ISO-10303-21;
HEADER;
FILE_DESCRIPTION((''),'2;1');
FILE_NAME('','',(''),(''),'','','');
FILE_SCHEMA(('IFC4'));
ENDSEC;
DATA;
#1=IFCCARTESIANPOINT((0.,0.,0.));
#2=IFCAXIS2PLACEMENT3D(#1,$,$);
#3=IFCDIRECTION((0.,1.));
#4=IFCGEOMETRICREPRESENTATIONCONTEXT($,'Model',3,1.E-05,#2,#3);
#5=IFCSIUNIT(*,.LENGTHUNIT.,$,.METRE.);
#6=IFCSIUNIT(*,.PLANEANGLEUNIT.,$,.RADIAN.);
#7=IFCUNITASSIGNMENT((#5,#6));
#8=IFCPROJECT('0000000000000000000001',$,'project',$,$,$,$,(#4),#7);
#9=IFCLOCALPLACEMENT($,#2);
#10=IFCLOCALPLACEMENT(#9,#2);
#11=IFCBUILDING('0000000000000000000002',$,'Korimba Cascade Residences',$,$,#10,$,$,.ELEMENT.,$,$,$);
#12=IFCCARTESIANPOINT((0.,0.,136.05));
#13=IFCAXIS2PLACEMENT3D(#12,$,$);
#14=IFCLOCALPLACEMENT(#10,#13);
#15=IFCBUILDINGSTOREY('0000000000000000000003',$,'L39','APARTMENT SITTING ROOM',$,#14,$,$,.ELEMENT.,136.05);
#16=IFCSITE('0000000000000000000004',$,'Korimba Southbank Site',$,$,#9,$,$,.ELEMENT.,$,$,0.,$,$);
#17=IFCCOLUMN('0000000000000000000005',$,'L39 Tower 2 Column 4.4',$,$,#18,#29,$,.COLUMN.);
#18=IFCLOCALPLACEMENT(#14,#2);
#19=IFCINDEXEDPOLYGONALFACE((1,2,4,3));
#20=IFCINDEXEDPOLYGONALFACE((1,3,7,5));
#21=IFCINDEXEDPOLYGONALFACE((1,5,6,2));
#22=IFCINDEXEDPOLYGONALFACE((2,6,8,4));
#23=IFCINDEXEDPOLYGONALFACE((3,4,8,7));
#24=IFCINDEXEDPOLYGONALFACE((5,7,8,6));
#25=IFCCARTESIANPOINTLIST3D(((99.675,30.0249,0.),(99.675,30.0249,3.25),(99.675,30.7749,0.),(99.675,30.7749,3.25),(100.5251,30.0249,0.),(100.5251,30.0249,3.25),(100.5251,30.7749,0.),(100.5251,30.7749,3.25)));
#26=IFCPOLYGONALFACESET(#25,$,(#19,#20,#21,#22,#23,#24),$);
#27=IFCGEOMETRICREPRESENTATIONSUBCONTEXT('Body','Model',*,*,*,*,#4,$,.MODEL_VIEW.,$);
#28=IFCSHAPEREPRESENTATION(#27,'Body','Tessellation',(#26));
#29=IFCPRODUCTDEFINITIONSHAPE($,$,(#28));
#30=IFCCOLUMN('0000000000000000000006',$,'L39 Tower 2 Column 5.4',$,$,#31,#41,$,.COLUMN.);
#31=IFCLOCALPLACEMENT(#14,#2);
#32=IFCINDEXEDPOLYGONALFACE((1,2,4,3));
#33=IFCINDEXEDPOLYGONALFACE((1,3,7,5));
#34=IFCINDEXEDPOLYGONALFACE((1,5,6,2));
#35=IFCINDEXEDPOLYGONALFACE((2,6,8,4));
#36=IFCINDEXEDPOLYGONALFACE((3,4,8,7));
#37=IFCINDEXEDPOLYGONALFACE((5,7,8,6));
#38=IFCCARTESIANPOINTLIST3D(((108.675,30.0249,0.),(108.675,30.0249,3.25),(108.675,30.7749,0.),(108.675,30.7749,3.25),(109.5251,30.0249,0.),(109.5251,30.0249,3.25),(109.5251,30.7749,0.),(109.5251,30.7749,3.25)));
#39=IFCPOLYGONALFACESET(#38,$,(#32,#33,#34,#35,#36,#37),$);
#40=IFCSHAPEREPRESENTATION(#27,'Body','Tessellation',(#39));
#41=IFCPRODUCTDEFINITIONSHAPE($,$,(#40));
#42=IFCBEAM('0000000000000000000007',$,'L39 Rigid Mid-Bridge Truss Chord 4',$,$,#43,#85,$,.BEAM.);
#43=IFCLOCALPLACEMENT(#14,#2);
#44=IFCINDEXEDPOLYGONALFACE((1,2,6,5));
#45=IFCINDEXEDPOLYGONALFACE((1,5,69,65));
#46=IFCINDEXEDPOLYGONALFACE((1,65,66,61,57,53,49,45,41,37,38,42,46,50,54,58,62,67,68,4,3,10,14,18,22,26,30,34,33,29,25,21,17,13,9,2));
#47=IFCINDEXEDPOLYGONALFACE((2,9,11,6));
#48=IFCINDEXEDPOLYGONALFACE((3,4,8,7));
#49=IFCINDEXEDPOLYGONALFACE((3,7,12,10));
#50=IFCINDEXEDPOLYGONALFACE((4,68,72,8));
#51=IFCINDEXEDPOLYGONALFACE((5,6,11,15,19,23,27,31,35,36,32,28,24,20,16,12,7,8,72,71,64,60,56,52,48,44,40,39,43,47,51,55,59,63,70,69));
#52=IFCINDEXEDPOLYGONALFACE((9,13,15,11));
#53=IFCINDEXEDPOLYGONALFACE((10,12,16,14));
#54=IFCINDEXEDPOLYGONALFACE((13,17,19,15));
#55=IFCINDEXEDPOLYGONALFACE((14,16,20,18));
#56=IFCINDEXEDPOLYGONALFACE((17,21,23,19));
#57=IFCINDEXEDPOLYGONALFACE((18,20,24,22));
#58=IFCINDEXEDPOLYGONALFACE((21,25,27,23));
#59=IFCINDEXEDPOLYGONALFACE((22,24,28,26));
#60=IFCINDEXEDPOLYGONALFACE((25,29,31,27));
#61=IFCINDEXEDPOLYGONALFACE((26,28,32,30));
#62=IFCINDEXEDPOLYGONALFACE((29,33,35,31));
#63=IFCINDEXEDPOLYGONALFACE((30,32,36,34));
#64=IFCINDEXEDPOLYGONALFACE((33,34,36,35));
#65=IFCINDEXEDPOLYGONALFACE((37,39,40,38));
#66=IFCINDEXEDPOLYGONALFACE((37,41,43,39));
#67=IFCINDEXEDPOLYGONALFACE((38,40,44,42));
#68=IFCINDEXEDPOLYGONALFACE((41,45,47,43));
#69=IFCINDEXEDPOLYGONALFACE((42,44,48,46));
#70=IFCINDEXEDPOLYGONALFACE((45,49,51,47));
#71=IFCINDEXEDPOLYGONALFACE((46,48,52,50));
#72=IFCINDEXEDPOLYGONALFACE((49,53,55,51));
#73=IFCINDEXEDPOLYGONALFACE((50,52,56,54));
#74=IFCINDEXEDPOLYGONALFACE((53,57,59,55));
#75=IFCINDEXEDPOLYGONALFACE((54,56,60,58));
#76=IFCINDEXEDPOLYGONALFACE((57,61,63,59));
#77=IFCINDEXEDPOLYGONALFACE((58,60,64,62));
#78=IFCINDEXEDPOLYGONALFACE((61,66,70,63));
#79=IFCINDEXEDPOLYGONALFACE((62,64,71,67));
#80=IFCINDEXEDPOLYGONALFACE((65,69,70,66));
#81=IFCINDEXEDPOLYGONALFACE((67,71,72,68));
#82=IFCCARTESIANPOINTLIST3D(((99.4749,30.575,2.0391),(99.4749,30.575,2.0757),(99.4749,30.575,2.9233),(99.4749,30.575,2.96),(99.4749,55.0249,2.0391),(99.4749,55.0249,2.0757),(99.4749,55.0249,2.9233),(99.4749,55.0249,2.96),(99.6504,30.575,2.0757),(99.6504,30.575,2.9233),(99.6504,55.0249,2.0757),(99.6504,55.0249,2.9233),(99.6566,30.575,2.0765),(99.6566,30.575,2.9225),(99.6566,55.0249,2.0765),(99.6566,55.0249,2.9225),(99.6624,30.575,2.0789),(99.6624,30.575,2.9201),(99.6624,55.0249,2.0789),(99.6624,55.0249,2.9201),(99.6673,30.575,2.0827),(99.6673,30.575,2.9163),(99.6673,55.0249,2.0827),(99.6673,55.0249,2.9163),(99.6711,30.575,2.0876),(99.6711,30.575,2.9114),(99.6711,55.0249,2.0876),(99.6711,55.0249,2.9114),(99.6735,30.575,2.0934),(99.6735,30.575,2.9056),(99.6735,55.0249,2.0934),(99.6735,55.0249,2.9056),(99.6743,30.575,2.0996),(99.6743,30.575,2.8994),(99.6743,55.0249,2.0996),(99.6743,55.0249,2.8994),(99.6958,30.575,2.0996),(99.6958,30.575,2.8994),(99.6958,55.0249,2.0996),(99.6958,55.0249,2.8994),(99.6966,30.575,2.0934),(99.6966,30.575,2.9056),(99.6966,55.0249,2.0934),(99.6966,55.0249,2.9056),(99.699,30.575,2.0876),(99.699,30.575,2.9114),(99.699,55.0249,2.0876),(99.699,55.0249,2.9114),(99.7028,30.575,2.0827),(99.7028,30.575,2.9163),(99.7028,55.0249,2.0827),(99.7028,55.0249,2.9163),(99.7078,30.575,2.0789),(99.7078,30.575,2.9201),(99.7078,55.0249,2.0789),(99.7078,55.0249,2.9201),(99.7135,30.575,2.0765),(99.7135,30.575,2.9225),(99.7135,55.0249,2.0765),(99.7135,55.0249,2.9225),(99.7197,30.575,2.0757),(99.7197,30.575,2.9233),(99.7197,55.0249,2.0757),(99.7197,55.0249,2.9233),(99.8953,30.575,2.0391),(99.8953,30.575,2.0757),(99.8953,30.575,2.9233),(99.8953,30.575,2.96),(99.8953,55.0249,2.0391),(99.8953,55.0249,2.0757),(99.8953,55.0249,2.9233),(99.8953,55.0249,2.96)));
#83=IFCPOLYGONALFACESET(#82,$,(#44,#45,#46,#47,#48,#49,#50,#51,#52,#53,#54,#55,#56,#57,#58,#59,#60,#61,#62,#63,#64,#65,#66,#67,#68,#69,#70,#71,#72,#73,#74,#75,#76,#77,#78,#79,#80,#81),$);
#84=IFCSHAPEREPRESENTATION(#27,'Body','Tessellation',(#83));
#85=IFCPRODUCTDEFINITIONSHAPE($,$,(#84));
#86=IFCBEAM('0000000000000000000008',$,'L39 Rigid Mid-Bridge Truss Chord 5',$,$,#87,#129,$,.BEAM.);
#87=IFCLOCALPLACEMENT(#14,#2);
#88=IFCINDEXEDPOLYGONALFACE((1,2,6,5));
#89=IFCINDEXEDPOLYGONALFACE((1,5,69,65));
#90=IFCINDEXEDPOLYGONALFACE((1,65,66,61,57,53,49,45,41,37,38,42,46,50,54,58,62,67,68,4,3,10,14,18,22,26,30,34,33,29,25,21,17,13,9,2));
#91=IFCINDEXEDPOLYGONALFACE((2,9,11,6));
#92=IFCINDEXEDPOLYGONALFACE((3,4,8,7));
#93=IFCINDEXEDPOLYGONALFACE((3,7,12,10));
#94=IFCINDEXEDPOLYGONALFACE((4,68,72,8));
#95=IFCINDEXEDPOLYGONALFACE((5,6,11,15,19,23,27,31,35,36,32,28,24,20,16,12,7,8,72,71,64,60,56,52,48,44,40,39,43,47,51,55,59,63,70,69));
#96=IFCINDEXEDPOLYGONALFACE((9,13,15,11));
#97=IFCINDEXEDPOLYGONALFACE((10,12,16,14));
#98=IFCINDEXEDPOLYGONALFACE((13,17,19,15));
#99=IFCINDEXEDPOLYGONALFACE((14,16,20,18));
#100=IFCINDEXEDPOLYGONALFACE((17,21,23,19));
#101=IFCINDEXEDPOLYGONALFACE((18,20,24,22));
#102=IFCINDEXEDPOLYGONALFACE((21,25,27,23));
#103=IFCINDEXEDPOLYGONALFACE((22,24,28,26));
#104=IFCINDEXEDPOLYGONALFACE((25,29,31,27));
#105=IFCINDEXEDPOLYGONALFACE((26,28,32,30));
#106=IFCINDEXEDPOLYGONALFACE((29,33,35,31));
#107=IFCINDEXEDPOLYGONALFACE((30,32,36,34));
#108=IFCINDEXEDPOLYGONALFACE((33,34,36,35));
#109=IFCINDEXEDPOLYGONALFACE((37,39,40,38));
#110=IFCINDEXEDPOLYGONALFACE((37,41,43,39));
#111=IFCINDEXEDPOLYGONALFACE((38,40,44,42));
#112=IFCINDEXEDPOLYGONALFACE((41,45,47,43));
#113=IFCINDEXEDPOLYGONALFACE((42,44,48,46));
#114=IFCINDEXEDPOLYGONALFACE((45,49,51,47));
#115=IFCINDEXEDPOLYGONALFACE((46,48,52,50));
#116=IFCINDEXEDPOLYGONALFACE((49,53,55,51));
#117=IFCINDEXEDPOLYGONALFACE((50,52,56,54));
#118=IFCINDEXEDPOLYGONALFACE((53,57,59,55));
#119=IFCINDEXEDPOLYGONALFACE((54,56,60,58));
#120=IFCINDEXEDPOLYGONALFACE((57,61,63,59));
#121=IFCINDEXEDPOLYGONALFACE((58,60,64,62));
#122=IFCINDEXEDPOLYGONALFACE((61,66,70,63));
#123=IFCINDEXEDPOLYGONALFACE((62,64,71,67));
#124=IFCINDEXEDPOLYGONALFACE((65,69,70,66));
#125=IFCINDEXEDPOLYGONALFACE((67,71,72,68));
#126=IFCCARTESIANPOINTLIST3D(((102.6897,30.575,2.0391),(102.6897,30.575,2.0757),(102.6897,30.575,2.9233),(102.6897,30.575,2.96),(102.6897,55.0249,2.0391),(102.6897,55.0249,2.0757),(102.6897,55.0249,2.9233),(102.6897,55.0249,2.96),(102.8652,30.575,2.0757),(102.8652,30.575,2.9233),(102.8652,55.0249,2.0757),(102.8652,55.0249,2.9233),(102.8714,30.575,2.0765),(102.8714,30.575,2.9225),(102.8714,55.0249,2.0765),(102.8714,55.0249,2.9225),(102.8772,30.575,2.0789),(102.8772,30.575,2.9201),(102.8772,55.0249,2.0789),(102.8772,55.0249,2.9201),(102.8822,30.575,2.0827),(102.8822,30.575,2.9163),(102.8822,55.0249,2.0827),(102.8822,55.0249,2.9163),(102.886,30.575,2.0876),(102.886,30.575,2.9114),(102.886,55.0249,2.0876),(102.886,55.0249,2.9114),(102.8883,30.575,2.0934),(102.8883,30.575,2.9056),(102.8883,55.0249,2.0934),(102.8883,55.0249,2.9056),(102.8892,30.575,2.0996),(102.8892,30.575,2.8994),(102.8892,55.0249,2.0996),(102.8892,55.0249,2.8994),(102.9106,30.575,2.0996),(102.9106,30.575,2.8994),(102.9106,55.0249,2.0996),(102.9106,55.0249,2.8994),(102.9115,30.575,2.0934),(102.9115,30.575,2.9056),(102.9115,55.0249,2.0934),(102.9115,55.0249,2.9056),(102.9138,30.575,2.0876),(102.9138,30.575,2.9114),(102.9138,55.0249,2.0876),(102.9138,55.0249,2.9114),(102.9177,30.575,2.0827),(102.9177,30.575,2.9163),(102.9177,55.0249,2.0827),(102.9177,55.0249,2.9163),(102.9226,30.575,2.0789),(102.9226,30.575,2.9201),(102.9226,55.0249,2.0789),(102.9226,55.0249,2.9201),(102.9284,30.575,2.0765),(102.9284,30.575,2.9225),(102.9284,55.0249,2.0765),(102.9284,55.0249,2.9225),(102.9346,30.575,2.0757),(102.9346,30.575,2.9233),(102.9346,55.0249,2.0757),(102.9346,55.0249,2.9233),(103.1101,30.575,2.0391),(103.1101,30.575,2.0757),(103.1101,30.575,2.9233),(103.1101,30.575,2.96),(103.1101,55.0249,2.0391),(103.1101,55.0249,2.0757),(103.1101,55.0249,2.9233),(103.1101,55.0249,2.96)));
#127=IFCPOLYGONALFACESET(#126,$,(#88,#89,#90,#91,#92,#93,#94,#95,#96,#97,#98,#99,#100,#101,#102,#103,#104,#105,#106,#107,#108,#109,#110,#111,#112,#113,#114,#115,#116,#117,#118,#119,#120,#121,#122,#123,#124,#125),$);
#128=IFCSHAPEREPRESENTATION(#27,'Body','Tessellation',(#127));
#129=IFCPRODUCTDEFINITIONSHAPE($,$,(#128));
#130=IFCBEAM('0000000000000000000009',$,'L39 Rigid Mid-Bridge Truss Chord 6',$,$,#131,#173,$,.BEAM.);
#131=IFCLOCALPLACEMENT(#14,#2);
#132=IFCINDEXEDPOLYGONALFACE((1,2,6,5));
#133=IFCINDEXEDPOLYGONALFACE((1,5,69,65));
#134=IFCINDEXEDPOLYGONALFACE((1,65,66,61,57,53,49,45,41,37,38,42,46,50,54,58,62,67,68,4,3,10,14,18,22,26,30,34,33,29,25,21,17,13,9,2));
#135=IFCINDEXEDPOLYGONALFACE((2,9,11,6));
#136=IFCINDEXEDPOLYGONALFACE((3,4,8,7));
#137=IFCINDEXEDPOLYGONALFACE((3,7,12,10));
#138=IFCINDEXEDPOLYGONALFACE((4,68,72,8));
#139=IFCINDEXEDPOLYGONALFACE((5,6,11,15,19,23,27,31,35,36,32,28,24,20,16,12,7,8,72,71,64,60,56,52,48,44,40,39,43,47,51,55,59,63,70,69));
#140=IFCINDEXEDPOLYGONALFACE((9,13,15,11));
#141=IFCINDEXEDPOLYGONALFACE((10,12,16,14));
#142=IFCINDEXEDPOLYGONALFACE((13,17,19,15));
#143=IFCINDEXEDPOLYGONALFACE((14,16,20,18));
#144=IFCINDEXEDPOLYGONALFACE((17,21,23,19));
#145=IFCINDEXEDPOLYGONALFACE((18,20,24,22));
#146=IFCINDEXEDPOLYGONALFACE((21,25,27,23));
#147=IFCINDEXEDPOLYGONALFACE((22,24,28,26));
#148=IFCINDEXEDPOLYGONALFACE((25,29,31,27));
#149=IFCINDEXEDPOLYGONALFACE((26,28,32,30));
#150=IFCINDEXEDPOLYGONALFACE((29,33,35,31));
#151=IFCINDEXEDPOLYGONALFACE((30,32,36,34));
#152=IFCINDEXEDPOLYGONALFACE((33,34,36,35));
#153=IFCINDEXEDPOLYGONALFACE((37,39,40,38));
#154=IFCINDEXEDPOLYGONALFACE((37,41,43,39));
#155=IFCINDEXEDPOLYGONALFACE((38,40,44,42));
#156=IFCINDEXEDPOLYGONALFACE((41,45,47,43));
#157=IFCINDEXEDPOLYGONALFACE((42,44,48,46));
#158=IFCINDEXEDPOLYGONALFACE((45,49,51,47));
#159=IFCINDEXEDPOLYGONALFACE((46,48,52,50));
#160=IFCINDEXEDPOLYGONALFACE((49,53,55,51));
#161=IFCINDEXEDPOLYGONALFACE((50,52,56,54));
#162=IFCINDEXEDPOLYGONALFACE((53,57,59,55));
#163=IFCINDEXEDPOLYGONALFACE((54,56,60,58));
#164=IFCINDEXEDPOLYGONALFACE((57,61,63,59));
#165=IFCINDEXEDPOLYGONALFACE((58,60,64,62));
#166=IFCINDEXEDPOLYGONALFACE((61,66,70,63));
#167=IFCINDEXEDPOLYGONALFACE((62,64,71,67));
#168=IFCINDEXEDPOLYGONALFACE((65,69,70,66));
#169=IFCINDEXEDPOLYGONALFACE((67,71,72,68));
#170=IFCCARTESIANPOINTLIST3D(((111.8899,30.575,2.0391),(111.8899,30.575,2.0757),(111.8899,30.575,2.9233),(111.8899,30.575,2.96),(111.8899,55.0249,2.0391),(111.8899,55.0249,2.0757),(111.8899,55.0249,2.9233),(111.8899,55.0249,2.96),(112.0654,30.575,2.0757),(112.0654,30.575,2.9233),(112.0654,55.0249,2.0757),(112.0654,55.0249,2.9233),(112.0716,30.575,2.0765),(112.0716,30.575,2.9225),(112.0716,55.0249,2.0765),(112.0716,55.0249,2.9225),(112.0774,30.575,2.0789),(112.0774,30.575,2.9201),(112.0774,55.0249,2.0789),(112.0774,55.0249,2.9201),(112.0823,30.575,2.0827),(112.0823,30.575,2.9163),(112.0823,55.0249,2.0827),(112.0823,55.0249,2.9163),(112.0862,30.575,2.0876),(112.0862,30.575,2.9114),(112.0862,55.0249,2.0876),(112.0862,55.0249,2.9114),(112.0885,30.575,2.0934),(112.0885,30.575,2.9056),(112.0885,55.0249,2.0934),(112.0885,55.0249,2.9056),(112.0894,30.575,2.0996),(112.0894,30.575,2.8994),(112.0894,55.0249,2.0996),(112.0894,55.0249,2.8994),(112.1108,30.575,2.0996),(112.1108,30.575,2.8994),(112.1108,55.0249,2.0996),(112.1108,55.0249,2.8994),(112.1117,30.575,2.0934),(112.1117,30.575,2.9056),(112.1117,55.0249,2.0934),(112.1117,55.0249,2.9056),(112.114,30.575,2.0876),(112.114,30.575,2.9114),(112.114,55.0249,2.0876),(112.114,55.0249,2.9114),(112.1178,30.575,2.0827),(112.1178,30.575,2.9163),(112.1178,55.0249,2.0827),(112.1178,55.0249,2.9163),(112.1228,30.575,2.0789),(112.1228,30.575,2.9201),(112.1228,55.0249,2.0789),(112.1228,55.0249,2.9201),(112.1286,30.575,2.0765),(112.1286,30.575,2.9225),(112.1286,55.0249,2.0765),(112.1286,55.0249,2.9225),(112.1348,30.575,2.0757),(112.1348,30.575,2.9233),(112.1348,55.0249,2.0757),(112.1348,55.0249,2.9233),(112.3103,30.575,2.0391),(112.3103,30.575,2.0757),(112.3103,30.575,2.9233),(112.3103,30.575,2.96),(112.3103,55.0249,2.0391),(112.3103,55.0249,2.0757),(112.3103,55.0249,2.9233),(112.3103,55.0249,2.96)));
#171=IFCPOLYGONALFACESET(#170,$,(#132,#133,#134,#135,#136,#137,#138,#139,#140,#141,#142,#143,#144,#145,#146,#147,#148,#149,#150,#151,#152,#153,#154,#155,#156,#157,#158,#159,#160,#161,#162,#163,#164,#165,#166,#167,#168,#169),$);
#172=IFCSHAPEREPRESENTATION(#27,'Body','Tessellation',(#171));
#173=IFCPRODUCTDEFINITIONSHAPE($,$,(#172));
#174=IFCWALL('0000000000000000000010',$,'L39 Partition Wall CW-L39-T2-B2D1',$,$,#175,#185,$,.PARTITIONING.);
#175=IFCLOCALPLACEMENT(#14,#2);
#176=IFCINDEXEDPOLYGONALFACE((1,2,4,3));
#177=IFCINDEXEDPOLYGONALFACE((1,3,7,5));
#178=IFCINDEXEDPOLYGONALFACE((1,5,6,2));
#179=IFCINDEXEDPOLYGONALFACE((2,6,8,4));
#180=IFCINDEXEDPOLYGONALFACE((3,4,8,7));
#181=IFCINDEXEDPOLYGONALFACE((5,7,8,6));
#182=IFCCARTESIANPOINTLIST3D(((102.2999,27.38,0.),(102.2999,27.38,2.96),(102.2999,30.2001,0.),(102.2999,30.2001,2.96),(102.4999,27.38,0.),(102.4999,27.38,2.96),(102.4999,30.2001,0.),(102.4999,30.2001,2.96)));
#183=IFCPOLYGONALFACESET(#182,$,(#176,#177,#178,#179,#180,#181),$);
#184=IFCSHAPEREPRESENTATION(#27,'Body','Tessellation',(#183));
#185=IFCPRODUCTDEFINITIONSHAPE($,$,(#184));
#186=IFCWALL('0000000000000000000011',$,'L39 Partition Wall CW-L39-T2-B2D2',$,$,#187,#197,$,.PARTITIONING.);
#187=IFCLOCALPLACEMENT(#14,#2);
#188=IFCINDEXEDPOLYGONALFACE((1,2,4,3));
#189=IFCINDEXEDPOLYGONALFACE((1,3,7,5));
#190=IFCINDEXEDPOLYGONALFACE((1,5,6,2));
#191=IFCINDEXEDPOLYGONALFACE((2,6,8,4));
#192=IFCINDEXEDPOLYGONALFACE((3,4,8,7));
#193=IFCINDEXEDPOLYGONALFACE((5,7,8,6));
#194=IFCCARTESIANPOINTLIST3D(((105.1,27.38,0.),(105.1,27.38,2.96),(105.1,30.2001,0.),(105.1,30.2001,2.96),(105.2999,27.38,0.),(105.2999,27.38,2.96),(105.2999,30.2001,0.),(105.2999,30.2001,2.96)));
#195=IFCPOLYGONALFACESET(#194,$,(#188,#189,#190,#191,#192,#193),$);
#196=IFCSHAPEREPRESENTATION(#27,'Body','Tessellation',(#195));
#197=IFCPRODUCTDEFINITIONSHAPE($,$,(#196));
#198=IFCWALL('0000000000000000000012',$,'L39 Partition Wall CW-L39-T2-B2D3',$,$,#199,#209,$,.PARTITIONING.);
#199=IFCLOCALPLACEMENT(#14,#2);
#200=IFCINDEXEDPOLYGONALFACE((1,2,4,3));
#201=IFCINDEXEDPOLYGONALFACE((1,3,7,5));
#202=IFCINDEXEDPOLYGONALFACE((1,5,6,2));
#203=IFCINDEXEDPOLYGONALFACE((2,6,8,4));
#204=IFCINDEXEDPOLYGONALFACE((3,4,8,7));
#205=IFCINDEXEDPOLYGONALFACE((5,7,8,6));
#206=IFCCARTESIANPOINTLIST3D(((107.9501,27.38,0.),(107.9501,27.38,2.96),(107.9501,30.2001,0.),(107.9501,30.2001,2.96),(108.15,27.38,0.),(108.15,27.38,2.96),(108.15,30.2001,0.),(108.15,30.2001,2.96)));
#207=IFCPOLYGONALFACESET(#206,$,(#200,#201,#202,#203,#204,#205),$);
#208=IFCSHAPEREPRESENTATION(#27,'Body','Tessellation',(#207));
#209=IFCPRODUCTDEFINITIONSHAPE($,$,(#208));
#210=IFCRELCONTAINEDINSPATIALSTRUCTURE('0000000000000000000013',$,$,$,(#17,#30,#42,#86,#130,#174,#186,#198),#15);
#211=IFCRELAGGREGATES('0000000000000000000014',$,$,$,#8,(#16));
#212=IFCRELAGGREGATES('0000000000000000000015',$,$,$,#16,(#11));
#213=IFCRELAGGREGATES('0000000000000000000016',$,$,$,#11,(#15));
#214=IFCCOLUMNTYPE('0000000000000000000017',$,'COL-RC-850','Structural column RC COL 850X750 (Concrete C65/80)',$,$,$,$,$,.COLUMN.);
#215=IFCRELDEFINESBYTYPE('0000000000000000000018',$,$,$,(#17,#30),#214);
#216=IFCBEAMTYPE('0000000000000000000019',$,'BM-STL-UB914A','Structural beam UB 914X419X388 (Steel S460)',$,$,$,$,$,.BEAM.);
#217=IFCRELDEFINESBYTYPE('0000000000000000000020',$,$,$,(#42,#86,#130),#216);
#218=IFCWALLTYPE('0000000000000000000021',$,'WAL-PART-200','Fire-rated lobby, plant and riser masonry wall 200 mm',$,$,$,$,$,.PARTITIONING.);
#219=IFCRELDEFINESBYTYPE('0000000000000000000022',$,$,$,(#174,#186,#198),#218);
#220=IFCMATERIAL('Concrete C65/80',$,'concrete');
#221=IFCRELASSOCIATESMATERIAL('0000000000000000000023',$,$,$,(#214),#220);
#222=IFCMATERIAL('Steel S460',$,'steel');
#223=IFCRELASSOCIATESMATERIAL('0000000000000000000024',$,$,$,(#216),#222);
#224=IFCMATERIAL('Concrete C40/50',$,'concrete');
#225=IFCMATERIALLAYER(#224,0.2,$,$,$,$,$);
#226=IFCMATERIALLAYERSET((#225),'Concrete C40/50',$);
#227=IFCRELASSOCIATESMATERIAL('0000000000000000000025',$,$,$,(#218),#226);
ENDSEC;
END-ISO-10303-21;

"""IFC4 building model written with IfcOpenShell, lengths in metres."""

from ifc_helpers import new_model, si_unit, direction, frame, frame_2d, origin, origin_2d, place, context, subcontext, project, spatial, rectangle, i_section, extrude, material, layer, layer_set, material_profile, profile_set, type_object, element, save


model = new_model("IFC4")

# Units and contexts
model_context = context("Model", 3, precision=1e-05, world=origin(), true_north=direction((0.0, 1.0)))
body_context = subcontext(model_context, "Body", "Model", "MODEL_VIEW")
ifc_project = project(units=[si_unit("LENGTHUNIT", "METRE"), si_unit("PLANEANGLEUNIT", "RADIAN")], contexts=[model_context])

# Site, building, storey
site_placement = place(None, origin())
site = spatial("IfcSite", under=ifc_project, at=site_placement, Name="Korimba Southbank Site", CompositionType="ELEMENT", RefElevation=0.0)
building_placement = place(site_placement, origin())
building = spatial("IfcBuilding", under=site, at=building_placement, Name="Korimba Cascade Residences", CompositionType="ELEMENT")
storey_placement = place(building_placement, frame((0.0, 0.0, 136.05)))
storey = spatial("IfcBuildingStorey", under=building, at=storey_placement, Name="L39", Description="APARTMENT SITTING ROOM", CompositionType="ELEMENT", Elevation=136.05)

# Columns
ifc_material_1 = material(Name="Concrete C65/80", Category="concrete")
ifc_material_profile_1 = material_profile(ifc_material_1, rectangle(XDim=0.8501, YDim=0.75, at=origin_2d()), Name="Concrete C65/80")
ifc_profile_set_1 = profile_set([ifc_material_profile_1], Name="Concrete C65/80")
column_type = type_object("IfcColumnType", Name="COL-RC-850", Description="Structural column RC COL 850X750 (Concrete C65/80)", PredefinedType="COLUMN", material=ifc_profile_set_1)
for number, where, z_axis, x_axis, name in (
    (1, (100.1001, 30.3999, 0.0), (0.0, 0.0, 1.0), (1.0, 0.0, 0.0), "L39 Tower 2 Column 4.4"),
    (2, (109.1001, 30.3999, 0.0), (0.0, 0.0, 1.0), (1.0, 0.0, 0.0), "L39 Tower 2 Column 5.4"),
):
    element("IfcColumn", number, at=place(storey_placement, frame(where, z_axis=z_axis, x_axis=x_axis)), inside=storey, type_object=column_type, Name=name, PredefinedType="COLUMN", context=body_context, shape_type="SweptSolid", body=[
        extrude(rectangle(XDim=0.8501, YDim=0.75, at=origin_2d()), origin(), (0.0, 0.0, 1.0), 3.25),
    ])

# Beams
ifc_material_2 = material(Name="Steel S460", Category="steel")
ifc_material_profile_2 = material_profile(ifc_material_2, i_section(OverallWidth=0.4204, OverallDepth=0.9209, WebThickness=0.0215, FlangeThickness=0.0366, FilletRadius=0.0239, at=origin_2d()), Name="Steel S460")
ifc_profile_set_2 = profile_set([ifc_material_profile_2], Name="Steel S460")
beam_type = type_object("IfcBeamType", Name="BM-STL-UB914A", Description="Structural beam UB 914X419X388 (Steel S460)", PredefinedType="BEAM", material=ifc_profile_set_2)
for number, where, z_axis, x_axis, name in (
    (3, (99.6851, 30.575, 2.4995), (0.0, 1.0, 0.0), (-1.0, 0.0, 0.0), "L39 Rigid Mid-Bridge Truss Chord 4"),
    (4, (102.8999, 30.575, 2.4995), (0.0, 1.0, 0.0), (-1.0, 0.0, 0.0), "L39 Rigid Mid-Bridge Truss Chord 5"),
    (5, (112.1001, 30.575, 2.4995), (0.0, 1.0, 0.0), (-1.0, 0.0, 0.0), "L39 Rigid Mid-Bridge Truss Chord 6"),
):
    element("IfcBeam", number, at=place(storey_placement, frame(where, z_axis=z_axis, x_axis=x_axis)), inside=storey, type_object=beam_type, Name=name, PredefinedType="BEAM", context=body_context, shape_type="SweptSolid", body=[
        extrude(i_section(OverallWidth=0.4204, OverallDepth=0.9209, WebThickness=0.0215, FlangeThickness=0.0366, FilletRadius=0.0239, at=origin_2d()), origin(), (0.0, 0.0, 1.0), 24.45),
    ])

# Walls
ifc_material_3 = material(Name="Concrete C40/50", Category="concrete")
ifc_layer_1 = layer(ifc_material_3, 0.2)
ifc_layer_set_1 = layer_set([ifc_layer_1], Name="Concrete C40/50")
wall_type_1 = type_object("IfcWallType", Name="WAL-PART-200", Description="Fire-rated lobby, plant and riser masonry wall 200 mm", PredefinedType="PARTITIONING", material=ifc_layer_set_1)
for number, where, z_axis, x_axis, name in (
    (6, (102.3999, 27.3799, 0.0), (0.0, 0.0, 1.0), (0.0, 1.0, 0.0), "L39 Partition Wall CW-L39-T2-B2D1"),
    (7, (105.2, 27.3799, 0.0), (0.0, 0.0, 1.0), (0.0, 1.0, 0.0), "L39 Partition Wall CW-L39-T2-B2D2"),
    (8, (108.05, 27.3799, 0.0), (0.0, 0.0, 1.0), (0.0, 1.0, 0.0), "L39 Partition Wall CW-L39-T2-B2D3"),
):
    element("IfcWall", number, at=place(storey_placement, frame(where, z_axis=z_axis, x_axis=x_axis)), inside=storey, type_object=wall_type_1, Name=name, PredefinedType="PARTITIONING", context=body_context, shape_type="SweptSolid", body=[
        extrude(rectangle(XDim=2.8201, YDim=0.2, at=frame_2d((1.4102, 0.0))), origin(), (0.0, 0.0, 1.0), 2.96),
    ])

save(model, "model.ifc")
